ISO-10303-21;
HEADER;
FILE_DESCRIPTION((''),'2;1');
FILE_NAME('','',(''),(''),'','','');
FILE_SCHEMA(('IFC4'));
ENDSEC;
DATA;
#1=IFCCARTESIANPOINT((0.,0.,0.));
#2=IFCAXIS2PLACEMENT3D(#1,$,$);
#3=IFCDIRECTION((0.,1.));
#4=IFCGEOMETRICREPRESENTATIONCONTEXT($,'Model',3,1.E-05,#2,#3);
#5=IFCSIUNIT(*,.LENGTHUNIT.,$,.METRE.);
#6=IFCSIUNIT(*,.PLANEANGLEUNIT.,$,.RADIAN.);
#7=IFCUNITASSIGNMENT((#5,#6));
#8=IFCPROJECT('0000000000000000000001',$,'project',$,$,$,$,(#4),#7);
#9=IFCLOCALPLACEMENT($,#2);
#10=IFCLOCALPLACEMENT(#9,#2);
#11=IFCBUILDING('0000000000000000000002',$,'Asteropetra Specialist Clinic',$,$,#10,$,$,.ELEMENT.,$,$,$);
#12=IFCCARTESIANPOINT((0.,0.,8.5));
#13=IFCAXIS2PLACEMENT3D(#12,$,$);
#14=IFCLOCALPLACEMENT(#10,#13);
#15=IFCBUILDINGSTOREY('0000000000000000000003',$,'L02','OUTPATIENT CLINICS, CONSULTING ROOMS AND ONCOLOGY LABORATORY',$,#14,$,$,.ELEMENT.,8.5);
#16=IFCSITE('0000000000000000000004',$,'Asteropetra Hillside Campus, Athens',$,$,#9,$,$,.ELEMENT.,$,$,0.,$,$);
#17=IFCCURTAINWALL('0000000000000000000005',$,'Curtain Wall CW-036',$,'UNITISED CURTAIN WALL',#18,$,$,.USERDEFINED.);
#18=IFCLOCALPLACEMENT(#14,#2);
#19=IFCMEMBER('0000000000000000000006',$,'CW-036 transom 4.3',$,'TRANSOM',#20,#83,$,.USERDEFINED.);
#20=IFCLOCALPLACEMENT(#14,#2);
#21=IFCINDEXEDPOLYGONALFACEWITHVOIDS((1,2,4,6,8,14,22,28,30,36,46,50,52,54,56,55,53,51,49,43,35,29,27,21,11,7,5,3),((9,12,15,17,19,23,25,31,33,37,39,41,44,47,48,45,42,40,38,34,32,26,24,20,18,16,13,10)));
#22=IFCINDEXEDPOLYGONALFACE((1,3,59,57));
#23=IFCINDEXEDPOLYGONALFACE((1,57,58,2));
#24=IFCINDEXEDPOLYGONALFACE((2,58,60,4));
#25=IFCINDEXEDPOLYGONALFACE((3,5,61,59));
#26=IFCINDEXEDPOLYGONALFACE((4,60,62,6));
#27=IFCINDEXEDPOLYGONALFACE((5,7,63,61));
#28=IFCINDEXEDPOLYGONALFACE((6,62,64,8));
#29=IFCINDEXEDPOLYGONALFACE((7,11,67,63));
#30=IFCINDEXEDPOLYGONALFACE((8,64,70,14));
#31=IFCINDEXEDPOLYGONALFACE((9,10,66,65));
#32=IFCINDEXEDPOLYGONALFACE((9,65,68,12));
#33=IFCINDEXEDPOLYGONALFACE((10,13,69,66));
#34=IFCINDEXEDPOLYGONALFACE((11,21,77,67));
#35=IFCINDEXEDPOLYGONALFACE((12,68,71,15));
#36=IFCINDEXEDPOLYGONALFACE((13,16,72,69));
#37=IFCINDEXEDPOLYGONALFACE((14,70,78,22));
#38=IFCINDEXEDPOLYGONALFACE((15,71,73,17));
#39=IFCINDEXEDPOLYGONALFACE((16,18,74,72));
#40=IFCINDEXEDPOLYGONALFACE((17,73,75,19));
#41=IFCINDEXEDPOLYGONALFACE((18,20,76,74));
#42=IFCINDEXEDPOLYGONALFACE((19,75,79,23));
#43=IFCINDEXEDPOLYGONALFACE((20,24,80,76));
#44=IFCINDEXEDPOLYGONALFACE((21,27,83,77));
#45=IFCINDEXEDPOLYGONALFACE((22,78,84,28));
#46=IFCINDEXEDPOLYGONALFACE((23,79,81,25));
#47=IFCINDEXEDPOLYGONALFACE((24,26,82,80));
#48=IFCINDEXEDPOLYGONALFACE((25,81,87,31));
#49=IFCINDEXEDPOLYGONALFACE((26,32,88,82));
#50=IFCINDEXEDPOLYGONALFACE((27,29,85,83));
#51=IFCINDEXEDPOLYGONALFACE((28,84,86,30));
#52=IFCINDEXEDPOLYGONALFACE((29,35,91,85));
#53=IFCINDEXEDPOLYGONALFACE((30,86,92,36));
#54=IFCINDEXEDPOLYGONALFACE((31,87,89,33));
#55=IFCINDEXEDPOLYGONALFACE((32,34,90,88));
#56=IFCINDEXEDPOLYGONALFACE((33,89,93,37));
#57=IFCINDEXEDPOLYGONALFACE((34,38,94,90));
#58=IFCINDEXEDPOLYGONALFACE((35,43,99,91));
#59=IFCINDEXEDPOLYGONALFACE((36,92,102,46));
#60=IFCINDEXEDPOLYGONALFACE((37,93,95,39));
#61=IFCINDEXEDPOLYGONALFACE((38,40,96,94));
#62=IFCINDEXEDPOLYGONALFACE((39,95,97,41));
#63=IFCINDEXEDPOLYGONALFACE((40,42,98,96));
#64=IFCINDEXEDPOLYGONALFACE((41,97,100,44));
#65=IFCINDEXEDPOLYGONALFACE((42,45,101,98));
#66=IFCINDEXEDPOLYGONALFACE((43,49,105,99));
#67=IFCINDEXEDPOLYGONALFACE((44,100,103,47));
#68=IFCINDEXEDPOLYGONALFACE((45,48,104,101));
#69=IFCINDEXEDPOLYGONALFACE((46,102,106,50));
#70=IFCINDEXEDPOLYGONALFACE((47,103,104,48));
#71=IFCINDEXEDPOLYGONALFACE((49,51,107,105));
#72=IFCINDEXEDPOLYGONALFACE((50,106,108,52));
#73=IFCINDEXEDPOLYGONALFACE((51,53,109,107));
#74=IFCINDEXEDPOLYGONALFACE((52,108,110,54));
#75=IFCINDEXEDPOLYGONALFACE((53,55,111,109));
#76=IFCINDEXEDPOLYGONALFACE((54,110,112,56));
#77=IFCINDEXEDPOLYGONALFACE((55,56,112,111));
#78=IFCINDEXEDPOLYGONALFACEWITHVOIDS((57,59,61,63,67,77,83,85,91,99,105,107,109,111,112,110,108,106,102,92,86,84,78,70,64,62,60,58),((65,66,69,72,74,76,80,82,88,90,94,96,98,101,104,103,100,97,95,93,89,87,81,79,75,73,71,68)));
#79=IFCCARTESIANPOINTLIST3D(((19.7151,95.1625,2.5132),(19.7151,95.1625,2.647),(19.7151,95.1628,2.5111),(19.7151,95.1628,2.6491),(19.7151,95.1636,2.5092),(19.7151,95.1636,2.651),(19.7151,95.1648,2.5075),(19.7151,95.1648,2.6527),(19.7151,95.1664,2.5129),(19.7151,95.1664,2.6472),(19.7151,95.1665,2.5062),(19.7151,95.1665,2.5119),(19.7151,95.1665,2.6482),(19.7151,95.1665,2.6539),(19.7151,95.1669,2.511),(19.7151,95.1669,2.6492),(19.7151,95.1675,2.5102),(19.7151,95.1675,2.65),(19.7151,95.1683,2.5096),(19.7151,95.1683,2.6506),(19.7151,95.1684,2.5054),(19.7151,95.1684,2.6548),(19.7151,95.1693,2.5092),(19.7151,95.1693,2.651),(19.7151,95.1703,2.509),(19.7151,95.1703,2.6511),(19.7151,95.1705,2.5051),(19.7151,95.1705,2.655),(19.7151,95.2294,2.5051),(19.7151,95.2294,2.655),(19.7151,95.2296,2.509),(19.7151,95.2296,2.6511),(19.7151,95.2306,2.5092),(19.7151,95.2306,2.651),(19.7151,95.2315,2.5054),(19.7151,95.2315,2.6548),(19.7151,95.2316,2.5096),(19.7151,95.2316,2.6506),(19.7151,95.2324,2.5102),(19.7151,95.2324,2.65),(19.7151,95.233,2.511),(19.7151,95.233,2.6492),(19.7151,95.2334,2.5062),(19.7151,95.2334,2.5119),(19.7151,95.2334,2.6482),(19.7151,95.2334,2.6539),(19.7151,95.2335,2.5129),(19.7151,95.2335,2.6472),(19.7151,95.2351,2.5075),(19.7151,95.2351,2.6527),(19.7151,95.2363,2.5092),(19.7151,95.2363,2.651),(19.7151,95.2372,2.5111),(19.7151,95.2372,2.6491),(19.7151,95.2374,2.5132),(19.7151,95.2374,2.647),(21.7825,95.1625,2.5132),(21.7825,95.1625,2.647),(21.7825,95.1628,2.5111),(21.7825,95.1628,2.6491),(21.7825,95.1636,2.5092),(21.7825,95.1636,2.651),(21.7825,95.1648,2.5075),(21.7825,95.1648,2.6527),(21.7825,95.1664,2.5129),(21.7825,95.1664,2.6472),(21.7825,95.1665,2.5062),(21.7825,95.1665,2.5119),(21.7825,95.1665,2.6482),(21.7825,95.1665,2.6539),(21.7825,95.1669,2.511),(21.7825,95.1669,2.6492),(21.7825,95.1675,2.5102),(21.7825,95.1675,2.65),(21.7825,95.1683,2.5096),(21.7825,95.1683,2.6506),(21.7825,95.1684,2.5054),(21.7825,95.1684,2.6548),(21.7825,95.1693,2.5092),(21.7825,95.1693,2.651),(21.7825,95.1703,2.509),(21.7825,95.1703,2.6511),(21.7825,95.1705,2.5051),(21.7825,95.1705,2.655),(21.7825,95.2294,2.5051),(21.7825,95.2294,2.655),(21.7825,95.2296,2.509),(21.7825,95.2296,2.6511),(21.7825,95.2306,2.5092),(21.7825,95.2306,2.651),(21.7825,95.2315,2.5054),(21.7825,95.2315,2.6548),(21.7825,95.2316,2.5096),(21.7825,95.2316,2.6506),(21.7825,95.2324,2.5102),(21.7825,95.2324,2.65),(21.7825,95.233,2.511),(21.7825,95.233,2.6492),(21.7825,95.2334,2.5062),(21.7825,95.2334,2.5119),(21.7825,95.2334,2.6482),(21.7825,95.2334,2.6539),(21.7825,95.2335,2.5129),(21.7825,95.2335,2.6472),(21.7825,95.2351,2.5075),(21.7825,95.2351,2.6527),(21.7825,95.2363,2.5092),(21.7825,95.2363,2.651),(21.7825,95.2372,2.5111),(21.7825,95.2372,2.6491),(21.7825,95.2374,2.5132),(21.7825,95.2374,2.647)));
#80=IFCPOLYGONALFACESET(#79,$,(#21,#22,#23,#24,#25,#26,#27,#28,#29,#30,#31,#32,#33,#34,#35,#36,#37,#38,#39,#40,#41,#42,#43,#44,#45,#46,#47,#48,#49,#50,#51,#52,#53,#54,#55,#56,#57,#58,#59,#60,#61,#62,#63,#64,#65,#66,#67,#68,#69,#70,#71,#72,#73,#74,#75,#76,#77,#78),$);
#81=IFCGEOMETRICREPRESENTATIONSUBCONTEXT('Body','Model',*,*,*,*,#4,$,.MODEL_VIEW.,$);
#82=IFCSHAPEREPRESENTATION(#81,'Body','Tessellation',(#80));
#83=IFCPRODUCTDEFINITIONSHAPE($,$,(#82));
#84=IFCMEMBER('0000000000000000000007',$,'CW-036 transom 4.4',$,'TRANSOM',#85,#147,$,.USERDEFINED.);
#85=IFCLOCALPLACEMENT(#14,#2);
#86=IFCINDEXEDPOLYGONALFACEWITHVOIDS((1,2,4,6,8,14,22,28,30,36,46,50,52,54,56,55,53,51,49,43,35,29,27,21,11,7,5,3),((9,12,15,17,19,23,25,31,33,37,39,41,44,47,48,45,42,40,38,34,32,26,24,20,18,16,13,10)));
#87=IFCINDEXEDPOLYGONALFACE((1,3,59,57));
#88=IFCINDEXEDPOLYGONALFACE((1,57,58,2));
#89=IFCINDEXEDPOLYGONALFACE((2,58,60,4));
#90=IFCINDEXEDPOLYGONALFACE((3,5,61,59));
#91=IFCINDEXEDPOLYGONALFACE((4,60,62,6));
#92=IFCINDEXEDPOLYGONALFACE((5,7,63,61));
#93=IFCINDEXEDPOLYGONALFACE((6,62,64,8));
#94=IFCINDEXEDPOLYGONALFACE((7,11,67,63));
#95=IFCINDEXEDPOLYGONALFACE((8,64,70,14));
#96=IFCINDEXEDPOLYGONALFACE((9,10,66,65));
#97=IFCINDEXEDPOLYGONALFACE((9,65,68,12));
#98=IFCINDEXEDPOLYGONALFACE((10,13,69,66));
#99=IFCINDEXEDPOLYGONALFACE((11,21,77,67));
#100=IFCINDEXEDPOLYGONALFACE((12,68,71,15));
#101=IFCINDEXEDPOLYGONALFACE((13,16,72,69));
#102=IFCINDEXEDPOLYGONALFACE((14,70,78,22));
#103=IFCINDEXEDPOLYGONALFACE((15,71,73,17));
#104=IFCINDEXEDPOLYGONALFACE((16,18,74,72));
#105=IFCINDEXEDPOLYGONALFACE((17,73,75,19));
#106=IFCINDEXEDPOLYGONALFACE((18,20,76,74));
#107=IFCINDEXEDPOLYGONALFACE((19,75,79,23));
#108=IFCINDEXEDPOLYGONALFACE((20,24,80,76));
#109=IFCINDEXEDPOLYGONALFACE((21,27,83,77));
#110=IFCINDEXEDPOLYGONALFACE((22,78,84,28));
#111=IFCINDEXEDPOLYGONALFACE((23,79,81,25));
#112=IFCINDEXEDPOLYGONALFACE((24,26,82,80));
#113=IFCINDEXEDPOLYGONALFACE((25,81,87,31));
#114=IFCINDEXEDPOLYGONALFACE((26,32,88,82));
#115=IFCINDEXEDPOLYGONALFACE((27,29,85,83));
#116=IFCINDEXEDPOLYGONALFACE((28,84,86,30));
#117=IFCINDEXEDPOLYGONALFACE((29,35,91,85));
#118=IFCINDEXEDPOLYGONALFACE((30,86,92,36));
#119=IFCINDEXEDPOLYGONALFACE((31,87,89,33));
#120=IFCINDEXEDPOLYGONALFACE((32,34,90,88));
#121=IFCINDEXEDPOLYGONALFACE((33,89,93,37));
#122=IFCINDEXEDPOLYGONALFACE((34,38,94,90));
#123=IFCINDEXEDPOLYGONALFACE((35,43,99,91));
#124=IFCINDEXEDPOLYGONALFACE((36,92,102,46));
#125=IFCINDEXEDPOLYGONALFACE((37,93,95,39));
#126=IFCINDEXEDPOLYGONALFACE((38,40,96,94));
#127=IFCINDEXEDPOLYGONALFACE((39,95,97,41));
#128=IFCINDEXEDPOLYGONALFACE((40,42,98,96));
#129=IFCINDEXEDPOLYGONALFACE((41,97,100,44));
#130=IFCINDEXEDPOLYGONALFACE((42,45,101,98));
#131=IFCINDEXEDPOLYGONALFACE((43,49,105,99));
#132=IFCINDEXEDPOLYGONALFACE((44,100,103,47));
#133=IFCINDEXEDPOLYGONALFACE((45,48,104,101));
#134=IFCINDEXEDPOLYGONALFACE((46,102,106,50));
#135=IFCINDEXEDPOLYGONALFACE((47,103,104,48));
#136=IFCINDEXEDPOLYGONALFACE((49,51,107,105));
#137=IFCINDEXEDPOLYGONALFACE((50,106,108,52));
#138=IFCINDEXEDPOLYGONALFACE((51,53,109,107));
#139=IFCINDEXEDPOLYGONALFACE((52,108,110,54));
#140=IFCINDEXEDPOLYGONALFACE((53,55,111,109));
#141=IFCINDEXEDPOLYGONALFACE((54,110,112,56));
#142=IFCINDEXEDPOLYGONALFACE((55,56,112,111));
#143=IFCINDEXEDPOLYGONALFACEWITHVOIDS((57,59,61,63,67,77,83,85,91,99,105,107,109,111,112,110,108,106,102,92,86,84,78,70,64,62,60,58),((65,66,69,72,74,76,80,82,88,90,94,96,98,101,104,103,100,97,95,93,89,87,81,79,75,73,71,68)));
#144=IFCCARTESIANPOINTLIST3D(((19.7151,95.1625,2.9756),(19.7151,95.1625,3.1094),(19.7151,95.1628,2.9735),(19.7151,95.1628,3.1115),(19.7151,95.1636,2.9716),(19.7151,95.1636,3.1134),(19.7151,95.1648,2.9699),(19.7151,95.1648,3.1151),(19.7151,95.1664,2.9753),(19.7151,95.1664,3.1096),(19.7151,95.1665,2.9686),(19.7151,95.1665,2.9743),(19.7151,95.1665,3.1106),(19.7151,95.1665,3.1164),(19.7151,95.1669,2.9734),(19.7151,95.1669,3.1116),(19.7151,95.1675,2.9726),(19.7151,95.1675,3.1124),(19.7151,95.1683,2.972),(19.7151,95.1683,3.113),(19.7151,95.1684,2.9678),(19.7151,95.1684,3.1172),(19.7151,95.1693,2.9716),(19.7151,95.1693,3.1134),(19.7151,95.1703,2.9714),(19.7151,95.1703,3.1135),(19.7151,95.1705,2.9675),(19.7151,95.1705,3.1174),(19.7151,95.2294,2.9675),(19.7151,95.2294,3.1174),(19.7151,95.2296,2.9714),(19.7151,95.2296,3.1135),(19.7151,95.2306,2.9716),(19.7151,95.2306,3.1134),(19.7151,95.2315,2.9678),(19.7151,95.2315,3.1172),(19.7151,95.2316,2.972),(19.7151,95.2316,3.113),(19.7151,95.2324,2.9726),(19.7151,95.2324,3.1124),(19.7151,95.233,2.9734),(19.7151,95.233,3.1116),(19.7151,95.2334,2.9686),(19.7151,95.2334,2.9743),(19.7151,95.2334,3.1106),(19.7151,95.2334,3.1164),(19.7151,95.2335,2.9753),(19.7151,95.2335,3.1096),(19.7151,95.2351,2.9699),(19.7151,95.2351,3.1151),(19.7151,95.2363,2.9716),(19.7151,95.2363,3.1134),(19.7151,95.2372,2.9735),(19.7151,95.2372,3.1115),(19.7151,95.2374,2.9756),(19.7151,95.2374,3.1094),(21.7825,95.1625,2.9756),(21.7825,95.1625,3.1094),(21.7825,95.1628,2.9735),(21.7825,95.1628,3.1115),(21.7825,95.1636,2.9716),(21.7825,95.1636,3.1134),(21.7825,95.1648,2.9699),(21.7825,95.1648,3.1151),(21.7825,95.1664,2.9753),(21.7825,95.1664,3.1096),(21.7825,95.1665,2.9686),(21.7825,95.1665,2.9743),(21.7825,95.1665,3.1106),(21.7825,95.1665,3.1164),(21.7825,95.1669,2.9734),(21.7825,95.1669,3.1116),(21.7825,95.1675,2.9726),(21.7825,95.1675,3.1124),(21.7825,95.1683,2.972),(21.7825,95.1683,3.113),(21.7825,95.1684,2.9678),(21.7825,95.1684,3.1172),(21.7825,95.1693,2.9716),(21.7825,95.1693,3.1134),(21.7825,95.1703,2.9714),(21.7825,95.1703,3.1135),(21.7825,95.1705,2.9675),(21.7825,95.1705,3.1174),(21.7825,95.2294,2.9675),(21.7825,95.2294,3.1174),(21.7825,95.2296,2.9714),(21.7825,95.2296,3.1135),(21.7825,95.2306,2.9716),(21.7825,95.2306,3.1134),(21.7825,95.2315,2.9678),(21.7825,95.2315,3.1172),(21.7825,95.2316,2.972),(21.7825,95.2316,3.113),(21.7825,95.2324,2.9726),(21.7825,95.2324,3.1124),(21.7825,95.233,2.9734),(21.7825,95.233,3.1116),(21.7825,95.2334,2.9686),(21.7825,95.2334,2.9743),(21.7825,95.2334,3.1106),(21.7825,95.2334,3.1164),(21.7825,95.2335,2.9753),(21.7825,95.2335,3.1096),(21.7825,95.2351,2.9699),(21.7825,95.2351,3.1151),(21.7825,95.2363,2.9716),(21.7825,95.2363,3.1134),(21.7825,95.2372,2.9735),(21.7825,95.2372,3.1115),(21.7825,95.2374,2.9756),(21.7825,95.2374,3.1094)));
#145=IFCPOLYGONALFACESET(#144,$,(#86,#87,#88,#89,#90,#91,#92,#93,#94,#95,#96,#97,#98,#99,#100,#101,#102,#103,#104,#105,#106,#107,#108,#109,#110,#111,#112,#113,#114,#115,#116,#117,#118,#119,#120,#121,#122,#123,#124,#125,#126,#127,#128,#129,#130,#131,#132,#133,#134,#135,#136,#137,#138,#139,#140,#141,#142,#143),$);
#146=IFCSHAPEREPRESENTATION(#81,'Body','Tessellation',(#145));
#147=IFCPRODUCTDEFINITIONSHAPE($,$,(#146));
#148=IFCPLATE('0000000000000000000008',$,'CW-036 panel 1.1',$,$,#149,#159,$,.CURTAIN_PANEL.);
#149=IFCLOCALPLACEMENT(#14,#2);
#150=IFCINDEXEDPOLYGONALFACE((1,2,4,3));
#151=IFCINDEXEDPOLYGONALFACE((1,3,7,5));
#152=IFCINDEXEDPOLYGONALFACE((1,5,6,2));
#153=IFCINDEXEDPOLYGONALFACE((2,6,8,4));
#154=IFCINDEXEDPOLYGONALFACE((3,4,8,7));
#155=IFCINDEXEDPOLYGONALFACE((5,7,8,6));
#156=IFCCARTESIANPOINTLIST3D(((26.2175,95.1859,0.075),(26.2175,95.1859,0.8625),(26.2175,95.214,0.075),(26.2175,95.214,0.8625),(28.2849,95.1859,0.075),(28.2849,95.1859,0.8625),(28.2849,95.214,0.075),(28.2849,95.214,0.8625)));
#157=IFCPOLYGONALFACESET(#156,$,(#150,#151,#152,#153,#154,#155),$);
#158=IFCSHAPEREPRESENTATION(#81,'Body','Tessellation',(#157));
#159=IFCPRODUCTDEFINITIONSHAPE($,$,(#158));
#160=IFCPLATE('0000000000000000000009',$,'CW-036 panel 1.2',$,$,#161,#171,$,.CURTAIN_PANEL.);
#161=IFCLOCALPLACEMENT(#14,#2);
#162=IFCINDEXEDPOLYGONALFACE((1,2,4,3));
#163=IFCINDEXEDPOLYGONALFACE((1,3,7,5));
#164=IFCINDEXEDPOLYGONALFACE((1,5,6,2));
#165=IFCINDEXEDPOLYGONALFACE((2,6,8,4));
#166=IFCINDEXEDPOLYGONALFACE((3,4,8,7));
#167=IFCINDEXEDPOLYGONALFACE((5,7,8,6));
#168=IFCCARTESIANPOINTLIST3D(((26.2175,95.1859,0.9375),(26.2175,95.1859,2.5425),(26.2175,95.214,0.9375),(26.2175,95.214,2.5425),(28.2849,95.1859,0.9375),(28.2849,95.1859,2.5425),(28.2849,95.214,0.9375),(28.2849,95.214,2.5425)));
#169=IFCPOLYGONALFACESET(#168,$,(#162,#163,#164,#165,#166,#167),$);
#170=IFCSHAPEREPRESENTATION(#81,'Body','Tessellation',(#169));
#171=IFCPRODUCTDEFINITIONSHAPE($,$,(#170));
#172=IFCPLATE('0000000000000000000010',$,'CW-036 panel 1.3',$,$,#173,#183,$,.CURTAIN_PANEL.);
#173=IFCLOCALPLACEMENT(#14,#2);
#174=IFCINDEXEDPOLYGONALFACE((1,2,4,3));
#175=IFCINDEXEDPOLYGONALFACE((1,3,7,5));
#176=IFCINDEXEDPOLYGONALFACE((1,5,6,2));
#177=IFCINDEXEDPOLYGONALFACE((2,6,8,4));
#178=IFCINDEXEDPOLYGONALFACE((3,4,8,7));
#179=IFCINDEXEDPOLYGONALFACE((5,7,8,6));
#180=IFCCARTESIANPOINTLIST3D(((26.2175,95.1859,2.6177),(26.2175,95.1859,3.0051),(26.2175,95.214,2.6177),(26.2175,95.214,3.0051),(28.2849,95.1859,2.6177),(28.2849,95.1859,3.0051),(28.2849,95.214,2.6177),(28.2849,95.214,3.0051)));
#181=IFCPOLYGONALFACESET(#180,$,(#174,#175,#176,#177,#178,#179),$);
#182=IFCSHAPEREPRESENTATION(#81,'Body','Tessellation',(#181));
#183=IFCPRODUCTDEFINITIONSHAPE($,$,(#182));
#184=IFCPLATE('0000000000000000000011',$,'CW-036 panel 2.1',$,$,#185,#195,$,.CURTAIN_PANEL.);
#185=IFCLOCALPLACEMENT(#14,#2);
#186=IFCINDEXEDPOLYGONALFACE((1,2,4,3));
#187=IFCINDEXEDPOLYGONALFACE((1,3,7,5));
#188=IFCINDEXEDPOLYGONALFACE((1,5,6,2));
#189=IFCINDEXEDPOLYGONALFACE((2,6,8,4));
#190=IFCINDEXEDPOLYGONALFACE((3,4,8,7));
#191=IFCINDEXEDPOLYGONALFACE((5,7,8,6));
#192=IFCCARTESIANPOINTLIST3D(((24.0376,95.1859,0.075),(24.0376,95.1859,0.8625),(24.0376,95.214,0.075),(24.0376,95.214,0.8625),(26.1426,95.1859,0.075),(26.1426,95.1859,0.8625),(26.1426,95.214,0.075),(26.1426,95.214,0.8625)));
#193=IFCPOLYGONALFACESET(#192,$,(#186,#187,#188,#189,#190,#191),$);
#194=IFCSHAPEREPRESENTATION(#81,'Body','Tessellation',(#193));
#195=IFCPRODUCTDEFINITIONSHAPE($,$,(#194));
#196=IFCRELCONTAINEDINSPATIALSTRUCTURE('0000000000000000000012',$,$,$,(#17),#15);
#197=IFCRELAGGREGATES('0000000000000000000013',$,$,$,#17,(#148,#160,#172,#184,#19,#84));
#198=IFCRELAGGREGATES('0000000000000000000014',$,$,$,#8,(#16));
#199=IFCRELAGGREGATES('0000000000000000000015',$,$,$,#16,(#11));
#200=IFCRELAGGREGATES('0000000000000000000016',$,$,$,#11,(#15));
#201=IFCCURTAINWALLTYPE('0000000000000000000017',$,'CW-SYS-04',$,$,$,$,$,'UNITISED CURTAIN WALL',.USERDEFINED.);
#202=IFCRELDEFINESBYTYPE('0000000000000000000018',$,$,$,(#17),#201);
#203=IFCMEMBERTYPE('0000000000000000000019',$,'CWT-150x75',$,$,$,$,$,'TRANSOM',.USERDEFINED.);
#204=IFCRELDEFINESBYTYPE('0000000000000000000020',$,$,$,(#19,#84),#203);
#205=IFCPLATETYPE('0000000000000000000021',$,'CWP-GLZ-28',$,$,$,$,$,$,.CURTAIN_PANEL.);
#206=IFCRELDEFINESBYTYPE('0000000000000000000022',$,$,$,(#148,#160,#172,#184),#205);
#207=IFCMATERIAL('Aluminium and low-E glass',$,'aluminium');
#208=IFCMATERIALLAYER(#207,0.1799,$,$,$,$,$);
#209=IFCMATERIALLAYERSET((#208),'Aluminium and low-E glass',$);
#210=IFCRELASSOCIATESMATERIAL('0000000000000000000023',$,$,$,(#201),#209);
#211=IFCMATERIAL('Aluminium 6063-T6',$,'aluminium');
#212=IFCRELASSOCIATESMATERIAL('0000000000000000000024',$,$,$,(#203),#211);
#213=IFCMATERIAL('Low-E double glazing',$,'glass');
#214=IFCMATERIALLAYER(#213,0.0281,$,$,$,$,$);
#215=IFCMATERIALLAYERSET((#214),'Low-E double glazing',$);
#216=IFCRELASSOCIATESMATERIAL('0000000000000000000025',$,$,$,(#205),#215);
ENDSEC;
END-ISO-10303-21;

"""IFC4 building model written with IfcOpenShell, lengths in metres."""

from ifc_helpers import new_model, si_unit, direction, frame, origin, origin_2d, place, context, subcontext, project, spatial, rectangle, hollow_rectangle, extrude, material, layer, layer_set, material_profile, profile_set, type_object, element, aggregate, save


model = new_model("IFC4")

# Units and contexts
model_context = context("Model", 3, precision=1e-05, world=origin(), true_north=direction((0.0, 1.0)))
body_context = subcontext(model_context, "Body", "Model", "MODEL_VIEW")
ifc_project = project(units=[si_unit("LENGTHUNIT", "METRE"), si_unit("PLANEANGLEUNIT", "RADIAN")], contexts=[model_context])

# Site, building, storey
site_placement = place(None, origin())
site = spatial("IfcSite", under=ifc_project, at=site_placement, Name="Asteropetra Hillside Campus, Athens", CompositionType="ELEMENT", RefElevation=0.0)
building_placement = place(site_placement, origin())
building = spatial("IfcBuilding", under=site, at=building_placement, Name="Asteropetra Specialist Clinic", CompositionType="ELEMENT")
storey_placement = place(building_placement, frame((0.0, 0.0, 8.5)))
storey = spatial("IfcBuildingStorey", under=building, at=storey_placement, Name="L02", Description="OUTPATIENT CLINICS, CONSULTING ROOMS AND ONCOLOGY LABORATORY", CompositionType="ELEMENT", Elevation=8.5)

# Curtain wall, members, plates
ifc_material_1 = material(Name="Aluminium and low-E glass", Category="aluminium")
ifc_layer_1 = layer(ifc_material_1, 0.1799)
ifc_layer_set_1 = layer_set([ifc_layer_1], Name="Aluminium and low-E glass")
curtain_wall_type = type_object("IfcCurtainWallType", Name="CW-SYS-04", ElementType="UNITISED CURTAIN WALL", PredefinedType="USERDEFINED", material=ifc_layer_set_1)
curtain_wall_placement = place(storey_placement, origin())
curtain_wall = element("IfcCurtainWall", 1, at=curtain_wall_placement, inside=storey, type_object=curtain_wall_type, Name="Curtain Wall CW-036", ObjectType="UNITISED CURTAIN WALL", PredefinedType="USERDEFINED")
ifc_material_2 = material(Name="Aluminium 6063-T6", Category="aluminium")
ifc_material_profile_1 = material_profile(ifc_material_2, hollow_rectangle(XDim=0.075, YDim=0.1499, WallThickness=0.0039, InnerFilletRadius=0.0039, OuterFilletRadius=0.0081, at=origin_2d()), Name="TRN 150x75x4.0")
ifc_profile_set_1 = profile_set([ifc_material_profile_1], Name="Aluminium 6063-T6")
member_type_1 = type_object("IfcMemberType", Name="CWT-150x75", ElementType="TRANSOM", PredefinedType="USERDEFINED", material=ifc_profile_set_1)
member_1_placement = place(storey_placement, frame((21.7825, 95.2, 2.5801), z_axis=(-1.0, 0.0, 0.0), x_axis=(0.0, -1.0, 0.0)))
member_1 = element("IfcMember", 2, at=member_1_placement, type_object=member_type_1, Name="CW-036 transom 4.3", ObjectType="TRANSOM", PredefinedType="USERDEFINED", context=body_context, shape_type="SweptSolid", body=[
    extrude(hollow_rectangle(XDim=0.075, YDim=0.1499, WallThickness=0.0039, InnerFilletRadius=0.0039, OuterFilletRadius=0.0081, at=origin_2d()), origin(), (0.0, 0.0, 1.0), 2.0674),
])
member_2_placement = place(storey_placement, frame((21.7825, 95.2, 3.0425), z_axis=(-1.0, 0.0, 0.0), x_axis=(0.0, -1.0, 0.0)))
member_2 = element("IfcMember", 3, at=member_2_placement, type_object=member_type_1, Name="CW-036 transom 4.4", ObjectType="TRANSOM", PredefinedType="USERDEFINED", context=body_context, shape_type="SweptSolid", body=[
    extrude(hollow_rectangle(XDim=0.075, YDim=0.1499, WallThickness=0.0039, InnerFilletRadius=0.0039, OuterFilletRadius=0.0081, at=origin_2d()), origin(), (0.0, 0.0, 1.0), 2.0674),
])
ifc_material_3 = material(Name="Low-E double glazing", Category="glass")
ifc_layer_2 = layer(ifc_material_3, 0.0281)
ifc_layer_set_2 = layer_set([ifc_layer_2], Name="Low-E double glazing")
plate_type = type_object("IfcPlateType", Name="CWP-GLZ-28", PredefinedType="CURTAIN_PANEL", material=ifc_layer_set_2)
plate_1_placement = place(storey_placement, frame((27.2512, 95.2, 0.075), z_axis=(0.0, 0.0, 1.0), x_axis=(-1.0, 0.0, 0.0)))
plate_1 = element("IfcPlate", 4, at=plate_1_placement, type_object=plate_type, Name="CW-036 panel 1.1", PredefinedType="CURTAIN_PANEL", context=body_context, shape_type="SweptSolid", body=[
    extrude(rectangle(XDim=2.0674, YDim=0.0281, at=origin_2d()), origin(), (0.0, 0.0, 1.0), 0.7876),
])
plate_2_placement = place(storey_placement, frame((27.2512, 95.2, 0.9375), z_axis=(0.0, 0.0, 1.0), x_axis=(-1.0, 0.0, 0.0)))
plate_2 = element("IfcPlate", 5, at=plate_2_placement, type_object=plate_type, Name="CW-036 panel 1.2", PredefinedType="CURTAIN_PANEL", context=body_context, shape_type="SweptSolid", body=[
    extrude(rectangle(XDim=2.0674, YDim=0.0281, at=origin_2d()), origin(), (0.0, 0.0, 1.0), 1.605),
])
plate_3_placement = place(storey_placement, frame((27.2512, 95.2, 2.6177), z_axis=(0.0, 0.0, 1.0), x_axis=(-1.0, 0.0, 0.0)))
plate_3 = element("IfcPlate", 6, at=plate_3_placement, type_object=plate_type, Name="CW-036 panel 1.3", PredefinedType="CURTAIN_PANEL", context=body_context, shape_type="SweptSolid", body=[
    extrude(rectangle(XDim=2.0674, YDim=0.0281, at=origin_2d()), origin(), (0.0, 0.0, 1.0), 0.3875),
])
plate_4_placement = place(storey_placement, frame((25.0901, 95.2, 0.075), z_axis=(0.0, 0.0, 1.0), x_axis=(-1.0, 0.0, 0.0)))
plate_4 = element("IfcPlate", 7, at=plate_4_placement, type_object=plate_type, Name="CW-036 panel 2.1", PredefinedType="CURTAIN_PANEL", context=body_context, shape_type="SweptSolid", body=[
    extrude(rectangle(XDim=2.105, YDim=0.0281, at=origin_2d()), origin(), (0.0, 0.0, 1.0), 0.7876),
])
aggregate(curtain_wall, [plate_1, plate_2, plate_3, plate_4, member_1, member_2])

save(model, "model.ifc")
